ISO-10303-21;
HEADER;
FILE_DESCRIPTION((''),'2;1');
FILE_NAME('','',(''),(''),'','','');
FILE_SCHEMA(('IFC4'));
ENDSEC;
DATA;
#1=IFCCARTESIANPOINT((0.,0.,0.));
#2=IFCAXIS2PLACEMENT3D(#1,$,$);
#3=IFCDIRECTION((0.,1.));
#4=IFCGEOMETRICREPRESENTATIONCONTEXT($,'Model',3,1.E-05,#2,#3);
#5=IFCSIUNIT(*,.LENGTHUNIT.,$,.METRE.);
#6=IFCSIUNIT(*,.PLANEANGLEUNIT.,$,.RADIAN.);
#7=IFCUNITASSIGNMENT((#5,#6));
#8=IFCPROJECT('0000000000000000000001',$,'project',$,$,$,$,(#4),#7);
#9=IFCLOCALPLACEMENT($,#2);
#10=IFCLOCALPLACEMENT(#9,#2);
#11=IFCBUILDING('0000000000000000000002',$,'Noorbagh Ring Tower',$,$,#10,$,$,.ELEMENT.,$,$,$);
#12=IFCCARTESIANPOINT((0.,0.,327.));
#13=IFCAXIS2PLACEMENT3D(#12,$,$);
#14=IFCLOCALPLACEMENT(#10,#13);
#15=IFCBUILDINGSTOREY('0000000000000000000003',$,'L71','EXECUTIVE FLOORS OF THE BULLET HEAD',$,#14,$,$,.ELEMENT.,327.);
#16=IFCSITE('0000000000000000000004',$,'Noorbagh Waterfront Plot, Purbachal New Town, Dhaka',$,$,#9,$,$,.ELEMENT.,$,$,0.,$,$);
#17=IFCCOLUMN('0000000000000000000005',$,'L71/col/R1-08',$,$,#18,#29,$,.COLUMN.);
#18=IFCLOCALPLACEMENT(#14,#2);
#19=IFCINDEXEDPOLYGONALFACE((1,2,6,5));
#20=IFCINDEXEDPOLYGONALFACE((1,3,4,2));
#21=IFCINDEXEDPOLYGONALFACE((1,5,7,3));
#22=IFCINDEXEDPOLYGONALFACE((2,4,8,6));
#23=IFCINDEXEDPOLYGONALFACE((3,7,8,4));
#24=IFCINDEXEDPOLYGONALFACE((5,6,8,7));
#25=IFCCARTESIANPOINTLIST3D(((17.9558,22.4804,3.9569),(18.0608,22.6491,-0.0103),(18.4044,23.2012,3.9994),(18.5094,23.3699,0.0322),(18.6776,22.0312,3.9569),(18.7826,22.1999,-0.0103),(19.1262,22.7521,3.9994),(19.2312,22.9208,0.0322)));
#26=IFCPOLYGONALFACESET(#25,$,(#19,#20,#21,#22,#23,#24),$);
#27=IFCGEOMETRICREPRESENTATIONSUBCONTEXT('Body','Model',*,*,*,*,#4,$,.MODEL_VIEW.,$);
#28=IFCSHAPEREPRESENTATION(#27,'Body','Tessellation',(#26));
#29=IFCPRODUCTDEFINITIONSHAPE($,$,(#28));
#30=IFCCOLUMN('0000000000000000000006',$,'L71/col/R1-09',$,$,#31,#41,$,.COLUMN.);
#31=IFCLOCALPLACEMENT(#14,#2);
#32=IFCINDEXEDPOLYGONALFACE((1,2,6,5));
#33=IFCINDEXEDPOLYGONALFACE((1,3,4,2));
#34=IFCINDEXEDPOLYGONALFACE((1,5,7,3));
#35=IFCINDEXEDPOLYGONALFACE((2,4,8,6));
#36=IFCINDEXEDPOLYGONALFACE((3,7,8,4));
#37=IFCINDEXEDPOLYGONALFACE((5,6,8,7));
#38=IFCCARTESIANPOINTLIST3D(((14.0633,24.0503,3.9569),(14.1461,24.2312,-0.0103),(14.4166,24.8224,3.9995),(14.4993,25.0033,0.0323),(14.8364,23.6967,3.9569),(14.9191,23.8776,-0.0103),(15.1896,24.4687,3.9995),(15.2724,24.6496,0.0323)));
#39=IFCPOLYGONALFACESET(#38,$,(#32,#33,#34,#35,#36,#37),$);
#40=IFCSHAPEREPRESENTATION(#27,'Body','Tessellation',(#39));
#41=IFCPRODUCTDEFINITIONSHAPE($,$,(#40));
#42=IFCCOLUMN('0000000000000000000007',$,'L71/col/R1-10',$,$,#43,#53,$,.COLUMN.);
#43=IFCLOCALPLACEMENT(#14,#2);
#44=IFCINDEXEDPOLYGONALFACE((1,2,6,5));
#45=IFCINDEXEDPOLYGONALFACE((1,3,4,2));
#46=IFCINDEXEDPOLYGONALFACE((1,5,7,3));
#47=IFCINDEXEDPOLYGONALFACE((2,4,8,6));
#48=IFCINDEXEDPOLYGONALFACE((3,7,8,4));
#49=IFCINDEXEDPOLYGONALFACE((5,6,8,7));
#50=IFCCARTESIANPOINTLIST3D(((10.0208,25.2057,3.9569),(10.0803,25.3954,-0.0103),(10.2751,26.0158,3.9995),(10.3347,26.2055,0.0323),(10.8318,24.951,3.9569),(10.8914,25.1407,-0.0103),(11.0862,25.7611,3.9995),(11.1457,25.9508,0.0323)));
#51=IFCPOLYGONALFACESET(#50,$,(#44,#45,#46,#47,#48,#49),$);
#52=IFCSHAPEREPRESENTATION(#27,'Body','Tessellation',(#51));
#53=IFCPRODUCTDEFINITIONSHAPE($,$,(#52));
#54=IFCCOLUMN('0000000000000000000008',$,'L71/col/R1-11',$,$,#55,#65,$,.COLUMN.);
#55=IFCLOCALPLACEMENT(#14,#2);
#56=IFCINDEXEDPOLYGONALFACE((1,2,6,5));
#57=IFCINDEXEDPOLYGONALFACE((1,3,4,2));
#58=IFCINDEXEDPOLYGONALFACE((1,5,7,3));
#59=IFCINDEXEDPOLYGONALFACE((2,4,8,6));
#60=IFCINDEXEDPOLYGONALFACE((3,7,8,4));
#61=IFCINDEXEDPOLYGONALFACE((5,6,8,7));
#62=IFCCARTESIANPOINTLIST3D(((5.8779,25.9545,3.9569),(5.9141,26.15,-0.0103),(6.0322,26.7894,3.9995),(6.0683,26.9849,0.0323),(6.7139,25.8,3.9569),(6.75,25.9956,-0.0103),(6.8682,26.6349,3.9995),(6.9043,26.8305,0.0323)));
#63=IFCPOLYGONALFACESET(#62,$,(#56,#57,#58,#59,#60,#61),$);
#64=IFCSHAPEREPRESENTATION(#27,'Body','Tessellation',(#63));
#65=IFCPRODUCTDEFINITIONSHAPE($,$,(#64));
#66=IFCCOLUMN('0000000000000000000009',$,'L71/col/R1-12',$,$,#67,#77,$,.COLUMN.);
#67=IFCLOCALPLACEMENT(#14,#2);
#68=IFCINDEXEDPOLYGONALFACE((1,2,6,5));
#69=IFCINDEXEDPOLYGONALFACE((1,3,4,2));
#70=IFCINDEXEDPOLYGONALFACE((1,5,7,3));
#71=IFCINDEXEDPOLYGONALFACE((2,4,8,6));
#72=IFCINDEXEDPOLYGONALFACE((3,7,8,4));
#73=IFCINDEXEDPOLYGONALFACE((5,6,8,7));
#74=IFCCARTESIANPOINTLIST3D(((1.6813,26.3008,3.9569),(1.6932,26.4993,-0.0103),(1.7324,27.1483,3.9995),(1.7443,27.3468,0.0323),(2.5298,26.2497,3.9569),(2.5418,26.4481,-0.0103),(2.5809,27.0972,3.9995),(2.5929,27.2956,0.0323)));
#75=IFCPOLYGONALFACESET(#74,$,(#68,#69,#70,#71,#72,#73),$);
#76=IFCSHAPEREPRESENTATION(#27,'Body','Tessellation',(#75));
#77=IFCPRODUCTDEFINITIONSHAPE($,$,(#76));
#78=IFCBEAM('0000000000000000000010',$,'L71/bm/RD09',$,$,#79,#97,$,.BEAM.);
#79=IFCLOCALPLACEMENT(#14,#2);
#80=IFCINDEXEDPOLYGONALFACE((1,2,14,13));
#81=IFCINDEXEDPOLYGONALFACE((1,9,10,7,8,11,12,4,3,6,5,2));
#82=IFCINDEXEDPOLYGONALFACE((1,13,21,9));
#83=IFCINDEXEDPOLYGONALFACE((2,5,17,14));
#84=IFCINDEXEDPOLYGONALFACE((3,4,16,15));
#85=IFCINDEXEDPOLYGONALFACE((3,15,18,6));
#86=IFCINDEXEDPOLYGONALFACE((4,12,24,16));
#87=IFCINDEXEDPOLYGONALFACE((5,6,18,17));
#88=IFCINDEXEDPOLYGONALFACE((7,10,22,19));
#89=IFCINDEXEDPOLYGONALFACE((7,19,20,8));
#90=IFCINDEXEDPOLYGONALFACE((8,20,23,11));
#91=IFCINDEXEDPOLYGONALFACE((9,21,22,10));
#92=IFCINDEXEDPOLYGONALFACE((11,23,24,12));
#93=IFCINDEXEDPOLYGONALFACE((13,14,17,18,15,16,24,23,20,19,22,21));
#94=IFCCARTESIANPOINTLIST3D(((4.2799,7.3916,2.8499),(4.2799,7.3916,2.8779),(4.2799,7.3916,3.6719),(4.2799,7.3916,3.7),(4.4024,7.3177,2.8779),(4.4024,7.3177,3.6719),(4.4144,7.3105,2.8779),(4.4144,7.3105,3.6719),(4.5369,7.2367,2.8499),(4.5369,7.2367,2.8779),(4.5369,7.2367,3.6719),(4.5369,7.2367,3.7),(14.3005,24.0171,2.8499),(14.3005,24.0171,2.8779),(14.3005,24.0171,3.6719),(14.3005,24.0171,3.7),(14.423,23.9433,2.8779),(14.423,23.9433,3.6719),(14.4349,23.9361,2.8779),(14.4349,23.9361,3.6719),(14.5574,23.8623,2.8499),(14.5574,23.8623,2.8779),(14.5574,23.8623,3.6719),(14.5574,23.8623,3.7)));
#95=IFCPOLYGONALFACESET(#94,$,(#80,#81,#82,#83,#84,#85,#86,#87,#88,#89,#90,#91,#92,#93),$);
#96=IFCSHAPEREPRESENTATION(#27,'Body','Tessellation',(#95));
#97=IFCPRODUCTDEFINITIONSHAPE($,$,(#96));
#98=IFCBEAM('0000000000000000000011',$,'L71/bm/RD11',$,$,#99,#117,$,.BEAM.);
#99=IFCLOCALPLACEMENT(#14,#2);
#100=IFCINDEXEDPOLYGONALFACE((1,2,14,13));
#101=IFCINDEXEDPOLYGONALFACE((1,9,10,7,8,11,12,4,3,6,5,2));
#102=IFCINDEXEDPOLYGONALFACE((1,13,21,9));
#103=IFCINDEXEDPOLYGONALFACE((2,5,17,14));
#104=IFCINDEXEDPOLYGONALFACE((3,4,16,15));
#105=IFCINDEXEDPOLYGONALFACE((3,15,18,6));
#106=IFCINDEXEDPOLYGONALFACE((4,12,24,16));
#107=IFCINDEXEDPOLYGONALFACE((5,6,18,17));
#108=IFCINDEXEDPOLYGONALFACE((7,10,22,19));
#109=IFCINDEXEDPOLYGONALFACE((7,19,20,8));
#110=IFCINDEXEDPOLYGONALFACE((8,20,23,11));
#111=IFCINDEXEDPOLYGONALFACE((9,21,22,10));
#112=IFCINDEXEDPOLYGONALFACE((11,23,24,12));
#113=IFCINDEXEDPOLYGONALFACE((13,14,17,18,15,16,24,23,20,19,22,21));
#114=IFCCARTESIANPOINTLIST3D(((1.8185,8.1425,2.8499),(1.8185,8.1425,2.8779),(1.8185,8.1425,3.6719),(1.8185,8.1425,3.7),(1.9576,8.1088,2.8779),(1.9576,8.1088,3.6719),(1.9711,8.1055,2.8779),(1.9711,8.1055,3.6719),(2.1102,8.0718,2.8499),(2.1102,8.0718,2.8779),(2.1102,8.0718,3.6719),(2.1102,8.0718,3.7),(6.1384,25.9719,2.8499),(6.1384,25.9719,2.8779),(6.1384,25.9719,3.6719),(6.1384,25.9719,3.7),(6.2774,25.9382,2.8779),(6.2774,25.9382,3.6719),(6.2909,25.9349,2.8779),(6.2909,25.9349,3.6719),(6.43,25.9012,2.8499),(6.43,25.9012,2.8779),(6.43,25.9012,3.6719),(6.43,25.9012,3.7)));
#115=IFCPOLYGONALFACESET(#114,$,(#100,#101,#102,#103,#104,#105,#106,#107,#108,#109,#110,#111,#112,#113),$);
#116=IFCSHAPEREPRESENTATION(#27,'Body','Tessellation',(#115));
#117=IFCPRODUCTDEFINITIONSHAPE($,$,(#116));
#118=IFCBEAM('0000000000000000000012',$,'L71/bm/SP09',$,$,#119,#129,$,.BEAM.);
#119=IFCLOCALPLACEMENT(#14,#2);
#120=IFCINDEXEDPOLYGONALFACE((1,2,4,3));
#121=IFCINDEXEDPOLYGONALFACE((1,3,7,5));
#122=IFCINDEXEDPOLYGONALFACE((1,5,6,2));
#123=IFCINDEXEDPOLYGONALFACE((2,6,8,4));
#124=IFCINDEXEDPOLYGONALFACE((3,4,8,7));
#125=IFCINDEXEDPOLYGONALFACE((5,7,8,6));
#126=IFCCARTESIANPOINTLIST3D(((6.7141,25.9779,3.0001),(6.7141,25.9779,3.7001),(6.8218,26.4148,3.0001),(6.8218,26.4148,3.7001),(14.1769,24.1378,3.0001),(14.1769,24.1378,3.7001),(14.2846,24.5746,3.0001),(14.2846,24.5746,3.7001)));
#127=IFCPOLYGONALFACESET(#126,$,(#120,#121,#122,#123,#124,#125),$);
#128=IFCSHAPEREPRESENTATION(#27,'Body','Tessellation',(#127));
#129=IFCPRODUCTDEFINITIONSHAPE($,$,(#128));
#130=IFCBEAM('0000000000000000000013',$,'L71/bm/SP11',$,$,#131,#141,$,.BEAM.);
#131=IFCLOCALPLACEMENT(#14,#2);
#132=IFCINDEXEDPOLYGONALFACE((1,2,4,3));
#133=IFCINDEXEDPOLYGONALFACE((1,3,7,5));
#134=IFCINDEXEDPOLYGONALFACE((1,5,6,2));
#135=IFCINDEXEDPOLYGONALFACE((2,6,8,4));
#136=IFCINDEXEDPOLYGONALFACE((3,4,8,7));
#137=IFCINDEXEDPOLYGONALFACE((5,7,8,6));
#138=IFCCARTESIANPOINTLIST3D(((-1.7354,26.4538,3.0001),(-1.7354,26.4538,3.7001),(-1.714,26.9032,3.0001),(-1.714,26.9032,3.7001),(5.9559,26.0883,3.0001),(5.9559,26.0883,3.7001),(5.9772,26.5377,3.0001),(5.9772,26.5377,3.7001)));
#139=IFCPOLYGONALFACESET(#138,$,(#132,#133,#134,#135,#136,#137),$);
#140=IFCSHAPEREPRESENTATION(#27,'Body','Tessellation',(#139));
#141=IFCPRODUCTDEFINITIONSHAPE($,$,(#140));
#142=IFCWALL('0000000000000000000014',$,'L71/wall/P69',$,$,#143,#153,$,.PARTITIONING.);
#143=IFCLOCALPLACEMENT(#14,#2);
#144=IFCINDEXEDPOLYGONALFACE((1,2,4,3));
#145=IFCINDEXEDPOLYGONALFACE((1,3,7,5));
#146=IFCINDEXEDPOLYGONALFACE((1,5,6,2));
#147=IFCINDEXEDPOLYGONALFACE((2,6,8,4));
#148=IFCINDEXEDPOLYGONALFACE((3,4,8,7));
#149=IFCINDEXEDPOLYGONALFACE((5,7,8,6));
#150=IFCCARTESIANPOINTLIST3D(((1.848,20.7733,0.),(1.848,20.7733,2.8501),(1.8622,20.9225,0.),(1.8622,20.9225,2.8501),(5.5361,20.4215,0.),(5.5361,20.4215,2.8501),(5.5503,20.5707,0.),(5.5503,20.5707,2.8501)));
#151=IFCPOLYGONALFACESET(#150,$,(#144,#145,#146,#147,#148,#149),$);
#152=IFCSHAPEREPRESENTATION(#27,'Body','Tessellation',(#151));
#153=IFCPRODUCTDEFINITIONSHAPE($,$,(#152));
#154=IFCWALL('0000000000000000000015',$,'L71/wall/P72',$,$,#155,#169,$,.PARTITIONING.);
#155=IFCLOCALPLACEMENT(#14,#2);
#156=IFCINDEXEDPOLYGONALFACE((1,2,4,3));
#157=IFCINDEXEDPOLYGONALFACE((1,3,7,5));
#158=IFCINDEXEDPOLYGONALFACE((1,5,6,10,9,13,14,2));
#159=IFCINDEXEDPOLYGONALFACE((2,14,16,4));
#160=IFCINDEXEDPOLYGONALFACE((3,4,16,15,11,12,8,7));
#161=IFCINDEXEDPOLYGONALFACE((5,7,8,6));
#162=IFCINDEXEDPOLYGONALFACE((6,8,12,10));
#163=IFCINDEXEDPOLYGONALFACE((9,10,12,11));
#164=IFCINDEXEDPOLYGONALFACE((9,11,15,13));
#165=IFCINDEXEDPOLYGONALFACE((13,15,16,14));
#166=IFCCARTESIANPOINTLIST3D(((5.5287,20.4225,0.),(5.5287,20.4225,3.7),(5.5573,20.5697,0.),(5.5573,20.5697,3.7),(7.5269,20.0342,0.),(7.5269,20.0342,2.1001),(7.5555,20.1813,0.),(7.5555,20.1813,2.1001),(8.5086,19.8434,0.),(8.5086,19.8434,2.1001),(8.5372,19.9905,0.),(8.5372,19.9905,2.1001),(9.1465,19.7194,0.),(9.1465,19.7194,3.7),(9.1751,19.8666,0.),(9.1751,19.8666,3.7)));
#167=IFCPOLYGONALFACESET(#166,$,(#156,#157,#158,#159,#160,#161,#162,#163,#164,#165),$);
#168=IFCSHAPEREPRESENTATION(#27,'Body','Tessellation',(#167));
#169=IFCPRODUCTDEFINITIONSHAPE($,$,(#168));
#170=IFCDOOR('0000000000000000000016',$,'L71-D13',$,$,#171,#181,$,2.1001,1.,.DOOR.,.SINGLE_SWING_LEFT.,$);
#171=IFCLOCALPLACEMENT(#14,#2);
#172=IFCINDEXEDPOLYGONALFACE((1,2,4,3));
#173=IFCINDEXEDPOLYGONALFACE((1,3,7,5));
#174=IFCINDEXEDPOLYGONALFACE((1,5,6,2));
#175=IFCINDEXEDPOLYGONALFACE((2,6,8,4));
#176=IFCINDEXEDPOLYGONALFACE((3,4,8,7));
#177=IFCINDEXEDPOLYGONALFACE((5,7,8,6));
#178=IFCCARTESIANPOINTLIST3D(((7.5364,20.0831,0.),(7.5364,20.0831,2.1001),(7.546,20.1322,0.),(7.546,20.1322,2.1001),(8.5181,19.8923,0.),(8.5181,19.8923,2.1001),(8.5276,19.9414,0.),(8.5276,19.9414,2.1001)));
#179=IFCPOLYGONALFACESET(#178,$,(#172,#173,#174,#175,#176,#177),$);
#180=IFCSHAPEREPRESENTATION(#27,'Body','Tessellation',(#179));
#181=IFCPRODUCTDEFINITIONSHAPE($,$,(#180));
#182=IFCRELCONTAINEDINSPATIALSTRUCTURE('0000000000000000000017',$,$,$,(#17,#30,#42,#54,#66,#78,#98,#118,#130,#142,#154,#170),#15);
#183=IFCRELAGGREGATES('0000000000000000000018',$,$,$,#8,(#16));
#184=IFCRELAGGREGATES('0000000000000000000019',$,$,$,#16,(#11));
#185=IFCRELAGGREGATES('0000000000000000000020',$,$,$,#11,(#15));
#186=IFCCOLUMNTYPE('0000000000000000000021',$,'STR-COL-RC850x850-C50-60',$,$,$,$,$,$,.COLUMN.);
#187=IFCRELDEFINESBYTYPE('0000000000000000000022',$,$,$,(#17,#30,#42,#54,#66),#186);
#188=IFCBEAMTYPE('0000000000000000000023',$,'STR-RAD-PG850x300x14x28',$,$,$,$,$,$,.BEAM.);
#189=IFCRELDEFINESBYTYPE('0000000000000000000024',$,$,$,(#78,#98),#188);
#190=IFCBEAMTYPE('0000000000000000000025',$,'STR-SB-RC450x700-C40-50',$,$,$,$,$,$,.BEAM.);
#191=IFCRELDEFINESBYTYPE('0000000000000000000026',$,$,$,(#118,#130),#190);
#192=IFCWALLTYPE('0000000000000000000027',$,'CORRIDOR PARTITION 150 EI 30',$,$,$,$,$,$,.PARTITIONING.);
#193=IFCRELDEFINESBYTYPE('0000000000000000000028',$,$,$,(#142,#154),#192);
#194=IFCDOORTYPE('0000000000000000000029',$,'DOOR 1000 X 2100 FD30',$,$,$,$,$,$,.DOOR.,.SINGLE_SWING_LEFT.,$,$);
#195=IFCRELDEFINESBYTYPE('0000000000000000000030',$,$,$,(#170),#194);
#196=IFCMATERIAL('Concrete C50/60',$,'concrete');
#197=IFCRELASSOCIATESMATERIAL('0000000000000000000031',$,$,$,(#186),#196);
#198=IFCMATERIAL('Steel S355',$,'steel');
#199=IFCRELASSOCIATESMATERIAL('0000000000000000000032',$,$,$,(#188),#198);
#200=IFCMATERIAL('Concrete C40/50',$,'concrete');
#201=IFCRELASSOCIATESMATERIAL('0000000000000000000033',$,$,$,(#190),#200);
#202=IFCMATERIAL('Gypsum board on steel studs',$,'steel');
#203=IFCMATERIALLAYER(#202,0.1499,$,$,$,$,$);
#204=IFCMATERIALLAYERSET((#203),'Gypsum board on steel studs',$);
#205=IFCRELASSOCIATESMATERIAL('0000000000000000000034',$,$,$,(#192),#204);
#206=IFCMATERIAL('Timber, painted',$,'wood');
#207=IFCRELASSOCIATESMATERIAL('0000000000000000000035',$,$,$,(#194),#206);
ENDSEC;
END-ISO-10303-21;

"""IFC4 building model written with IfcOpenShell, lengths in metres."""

from ifc_helpers import new_model, si_unit, direction, frame, frame_2d, origin, origin_2d, place, context, subcontext, project, spatial, rectangle, i_section, extrude, material, layer, layer_set, material_profile, profile_set, type_object, element, fill, save


model = new_model("IFC4")

# Units and contexts
model_context = context("Model", 3, precision=1e-05, world=origin(), true_north=direction((0.0, 1.0)))
body_context = subcontext(model_context, "Body", "Model", "MODEL_VIEW")
ifc_project = project(units=[si_unit("LENGTHUNIT", "METRE"), si_unit("PLANEANGLEUNIT", "RADIAN")], contexts=[model_context])

# Site, building, storey
site_placement = place(None, origin())
site = spatial("IfcSite", under=ifc_project, at=site_placement, Name="Noorbagh Waterfront Plot, Purbachal New Town, Dhaka", CompositionType="ELEMENT", RefElevation=0.0)
building_placement = place(site_placement, origin())
building = spatial("IfcBuilding", under=site, at=building_placement, Name="Noorbagh Ring Tower", CompositionType="ELEMENT")
storey_placement = place(building_placement, frame((0.0, 0.0, 327.0)))
storey = spatial("IfcBuildingStorey", under=building, at=storey_placement, Name="L71", Description="EXECUTIVE FLOORS OF THE BULLET HEAD", CompositionType="ELEMENT", Elevation=327.0)

# Columns
ifc_material_1 = material(Name="Concrete C50/60", Category="concrete")
ifc_material_profile_1 = material_profile(ifc_material_1, rectangle(XDim=0.8501, YDim=0.8501, at=origin_2d()), Name="RC850x850")
ifc_profile_set_1 = profile_set([ifc_material_profile_1], Name="Concrete C50/60")
column_type = type_object("IfcColumnType", Name="STR-COL-RC850x850-C50-60", PredefinedType="COLUMN", material=ifc_profile_set_1)
for number, where, z_axis, x_axis, name in (
    (1, (18.646, 22.7849, 0.011), (-0.026428, -0.04247, 0.998748), (0.849032, -0.528341, 0.0), "L71/col/R1-08"),
    (2, (14.7092, 24.4404, 0.011), (-0.020835, -0.045543, 0.998745), (0.909355, -0.416021, 0.0), "L71/col/R1-09"),
    (3, (10.613, 25.6731, 0.011), (-0.014997, -0.047755, 0.998746), (0.954064, -0.299603, 0.0), "L71/col/R1-10"),
    (4, (6.4092, 26.4902, 0.011), (-0.009096, -0.04923, 0.998746), (0.983355, -0.181694, 0.0), "L71/col/R1-11"),
    (5, (2.1431, 26.8975, 0.011), (-0.003012, -0.049968, 0.998746), (0.998189, -0.060161, 0.0), "L71/col/R1-12"),
):
    element("IfcColumn", number, at=place(storey_placement, frame(where, z_axis=z_axis, x_axis=x_axis)), inside=storey, type_object=column_type, Name=name, PredefinedType="COLUMN", context=body_context, shape_type="SweptSolid", body=[
        extrude(rectangle(XDim=0.8501, YDim=0.8501, at=origin_2d()), origin(), (0.0, 0.0, 1.0), 3.9722),
    ])

# Beams
ifc_material_2 = material(Name="Steel S355", Category="steel")
ifc_material_profile_2 = material_profile(ifc_material_2, i_section(OverallWidth=0.3, OverallDepth=0.8501, WebThickness=0.0139, FlangeThickness=0.0281, at=origin_2d()), Name="PG850x300x14x28")
ifc_profile_set_2 = profile_set([ifc_material_profile_2], Name="Steel S355")
beam_type_1 = type_object("IfcBeamType", Name="STR-RAD-PG850x300x14x28", PredefinedType="BEAM", material=ifc_profile_set_2)
beam_1_placement = place(storey_placement, frame((14.429, 23.9397, 3.2749), z_axis=(-0.516207, -0.856464, 0.0), x_axis=(0.856464, -0.516207, 0.0)))
element("IfcBeam", 6, at=beam_1_placement, inside=storey, type_object=beam_type_1, Name="L71/bm/RD09", PredefinedType="BEAM", context=body_context, shape_type="SweptSolid", body=[
    extrude(i_section(OverallWidth=0.3, OverallDepth=0.8501, WebThickness=0.0139, FlangeThickness=0.0281, at=origin_2d()), origin(), (0.0, 0.0, 1.0), 19.4119),
])
beam_2_placement = place(storey_placement, frame((6.2842, 25.9365, 3.2749), z_axis=(-0.235474, -0.971881, 0.0), x_axis=(0.971881, -0.235474, 0.0)))
element("IfcBeam", 7, at=beam_2_placement, inside=storey, type_object=beam_type_1, Name="L71/bm/RD11", PredefinedType="BEAM", context=body_context, shape_type="SweptSolid", body=[
    extrude(i_section(OverallWidth=0.3, OverallDepth=0.8501, WebThickness=0.0139, FlangeThickness=0.0281, at=origin_2d()), origin(), (0.0, 0.0, 1.0), 18.3452),
])
ifc_material_3 = material(Name="Concrete C40/50", Category="concrete")
ifc_material_profile_3 = material_profile(ifc_material_3, rectangle(XDim=0.45, YDim=0.7, at=origin_2d()), Name="RC450x700")
ifc_profile_set_3 = profile_set([ifc_material_profile_3], Name="Concrete C40/50")
beam_type_2 = type_object("IfcBeamType", Name="STR-SB-RC450x700-C40-50", PredefinedType="BEAM", material=ifc_profile_set_3)
beam_3_placement = place(storey_placement, frame((14.2307, 24.3562, 3.3501), z_axis=(-0.97092, 0.239403, 0.0), x_axis=(-0.239403, -0.97092, 0.0)))
element("IfcBeam", 8, at=beam_3_placement, inside=storey, type_object=beam_type_2, Name="L71/bm/SP09", PredefinedType="BEAM", context=body_context, shape_type="SweptSolid", body=[
    extrude(rectangle(XDim=0.45, YDim=0.7, at=origin_2d()), origin(), (0.0, 0.0, 1.0), 7.6863),
])
beam_4_placement = place(storey_placement, frame((5.9666, 26.313, 3.3501), z_axis=(-0.998873, 0.047466, 0.0), x_axis=(-0.047466, -0.998873, 0.0)))
element("IfcBeam", 9, at=beam_4_placement, inside=storey, type_object=beam_type_2, Name="L71/bm/SP11", PredefinedType="BEAM", context=body_context, shape_type="SweptSolid", body=[
    extrude(rectangle(XDim=0.45, YDim=0.7, at=origin_2d()), origin(), (0.0, 0.0, 1.0), 7.7),
])

# Wall
ifc_material_4 = material(Name="Gypsum board on steel studs", Category="steel")
ifc_layer_1 = layer(ifc_material_4, 0.1499)
ifc_layer_set_1 = layer_set([ifc_layer_1], Name="Gypsum board on steel studs")
wall_type_1 = type_object("IfcWallType", Name="CORRIDOR PARTITION 150 EI 30", PredefinedType="PARTITIONING", material=ifc_layer_set_1)
wall_1_placement = place(storey_placement, frame((1.855, 20.8479, 0.0), z_axis=(0.0, 0.0, 1.0), x_axis=(0.995481, -0.094961, 0.0)))
element("IfcWall", 10, at=wall_1_placement, inside=storey, type_object=wall_type_1, Name="L71/wall/P69", PredefinedType="PARTITIONING", context=body_context, shape_type="SweptSolid", body=[
    extrude(rectangle(XDim=3.7048, YDim=0.1499, at=frame_2d((1.8525, 0.0))), origin(), (0.0, 0.0, 1.0), 2.8501),
])

# Wall, opening, door
wall_2_placement = place(storey_placement, frame((5.543, 20.4961, 0.0), z_axis=(0.0, 0.0, 1.0), x_axis=(0.981634, -0.190776, 0.0)))
wall_2 = element("IfcWall", 11, at=wall_2_placement, inside=storey, type_object=wall_type_1, Name="L71/wall/P72", PredefinedType="PARTITIONING", context=body_context, shape_type="SweptSolid", body=[
    extrude(rectangle(XDim=3.6855, YDim=0.1499, at=frame_2d((1.8428, 0.0))), origin(), (0.0, 0.0, 1.0), 3.7),
])
opening_1_placement = place(wall_2_placement, frame((2.0356, 0.0, 0.0)))
opening_1 = element("IfcOpeningElement", 12, at=opening_1_placement, cuts=wall_2, PredefinedType="OPENING", context=body_context, shape_type="SweptSolid", body=[
    extrude(rectangle(XDim=1.0, YDim=2.1001, at=frame_2d((0.5, 1.05))), frame((0.0, 0.085, 0.0), z_axis=(0.0, -1.0, 0.0), x_axis=(1.0, 0.0, 0.0)), (0.0, 0.0, 1.0), 0.1699),
])
ifc_material_5 = material(Name="Timber, painted", Category="wood")
door_type = type_object("IfcDoorType", Name="DOOR 1000 X 2100 FD30", OperationType="SINGLE_SWING_LEFT", PredefinedType="DOOR", material=ifc_material_5)
door_1_placement = place(opening_1_placement, origin())
door_1 = element("IfcDoor", 13, at=door_1_placement, inside=storey, type_object=door_type, Name="L71-D13", OperationType="SINGLE_SWING_LEFT", OverallHeight=2.1001, OverallWidth=1.0, PredefinedType="DOOR", context=body_context, shape_type="SweptSolid", body=[
    extrude(rectangle(XDim=1.0, YDim=2.1001, at=frame_2d((0.5, 1.05))), frame((0.0, 0.0249, 0.0), z_axis=(0.0, -1.0, 0.0), x_axis=(1.0, 0.0, 0.0)), (0.0, 0.0, 1.0), 0.05),
])
fill(opening_1, door_1)

save(model, "model.ifc")
